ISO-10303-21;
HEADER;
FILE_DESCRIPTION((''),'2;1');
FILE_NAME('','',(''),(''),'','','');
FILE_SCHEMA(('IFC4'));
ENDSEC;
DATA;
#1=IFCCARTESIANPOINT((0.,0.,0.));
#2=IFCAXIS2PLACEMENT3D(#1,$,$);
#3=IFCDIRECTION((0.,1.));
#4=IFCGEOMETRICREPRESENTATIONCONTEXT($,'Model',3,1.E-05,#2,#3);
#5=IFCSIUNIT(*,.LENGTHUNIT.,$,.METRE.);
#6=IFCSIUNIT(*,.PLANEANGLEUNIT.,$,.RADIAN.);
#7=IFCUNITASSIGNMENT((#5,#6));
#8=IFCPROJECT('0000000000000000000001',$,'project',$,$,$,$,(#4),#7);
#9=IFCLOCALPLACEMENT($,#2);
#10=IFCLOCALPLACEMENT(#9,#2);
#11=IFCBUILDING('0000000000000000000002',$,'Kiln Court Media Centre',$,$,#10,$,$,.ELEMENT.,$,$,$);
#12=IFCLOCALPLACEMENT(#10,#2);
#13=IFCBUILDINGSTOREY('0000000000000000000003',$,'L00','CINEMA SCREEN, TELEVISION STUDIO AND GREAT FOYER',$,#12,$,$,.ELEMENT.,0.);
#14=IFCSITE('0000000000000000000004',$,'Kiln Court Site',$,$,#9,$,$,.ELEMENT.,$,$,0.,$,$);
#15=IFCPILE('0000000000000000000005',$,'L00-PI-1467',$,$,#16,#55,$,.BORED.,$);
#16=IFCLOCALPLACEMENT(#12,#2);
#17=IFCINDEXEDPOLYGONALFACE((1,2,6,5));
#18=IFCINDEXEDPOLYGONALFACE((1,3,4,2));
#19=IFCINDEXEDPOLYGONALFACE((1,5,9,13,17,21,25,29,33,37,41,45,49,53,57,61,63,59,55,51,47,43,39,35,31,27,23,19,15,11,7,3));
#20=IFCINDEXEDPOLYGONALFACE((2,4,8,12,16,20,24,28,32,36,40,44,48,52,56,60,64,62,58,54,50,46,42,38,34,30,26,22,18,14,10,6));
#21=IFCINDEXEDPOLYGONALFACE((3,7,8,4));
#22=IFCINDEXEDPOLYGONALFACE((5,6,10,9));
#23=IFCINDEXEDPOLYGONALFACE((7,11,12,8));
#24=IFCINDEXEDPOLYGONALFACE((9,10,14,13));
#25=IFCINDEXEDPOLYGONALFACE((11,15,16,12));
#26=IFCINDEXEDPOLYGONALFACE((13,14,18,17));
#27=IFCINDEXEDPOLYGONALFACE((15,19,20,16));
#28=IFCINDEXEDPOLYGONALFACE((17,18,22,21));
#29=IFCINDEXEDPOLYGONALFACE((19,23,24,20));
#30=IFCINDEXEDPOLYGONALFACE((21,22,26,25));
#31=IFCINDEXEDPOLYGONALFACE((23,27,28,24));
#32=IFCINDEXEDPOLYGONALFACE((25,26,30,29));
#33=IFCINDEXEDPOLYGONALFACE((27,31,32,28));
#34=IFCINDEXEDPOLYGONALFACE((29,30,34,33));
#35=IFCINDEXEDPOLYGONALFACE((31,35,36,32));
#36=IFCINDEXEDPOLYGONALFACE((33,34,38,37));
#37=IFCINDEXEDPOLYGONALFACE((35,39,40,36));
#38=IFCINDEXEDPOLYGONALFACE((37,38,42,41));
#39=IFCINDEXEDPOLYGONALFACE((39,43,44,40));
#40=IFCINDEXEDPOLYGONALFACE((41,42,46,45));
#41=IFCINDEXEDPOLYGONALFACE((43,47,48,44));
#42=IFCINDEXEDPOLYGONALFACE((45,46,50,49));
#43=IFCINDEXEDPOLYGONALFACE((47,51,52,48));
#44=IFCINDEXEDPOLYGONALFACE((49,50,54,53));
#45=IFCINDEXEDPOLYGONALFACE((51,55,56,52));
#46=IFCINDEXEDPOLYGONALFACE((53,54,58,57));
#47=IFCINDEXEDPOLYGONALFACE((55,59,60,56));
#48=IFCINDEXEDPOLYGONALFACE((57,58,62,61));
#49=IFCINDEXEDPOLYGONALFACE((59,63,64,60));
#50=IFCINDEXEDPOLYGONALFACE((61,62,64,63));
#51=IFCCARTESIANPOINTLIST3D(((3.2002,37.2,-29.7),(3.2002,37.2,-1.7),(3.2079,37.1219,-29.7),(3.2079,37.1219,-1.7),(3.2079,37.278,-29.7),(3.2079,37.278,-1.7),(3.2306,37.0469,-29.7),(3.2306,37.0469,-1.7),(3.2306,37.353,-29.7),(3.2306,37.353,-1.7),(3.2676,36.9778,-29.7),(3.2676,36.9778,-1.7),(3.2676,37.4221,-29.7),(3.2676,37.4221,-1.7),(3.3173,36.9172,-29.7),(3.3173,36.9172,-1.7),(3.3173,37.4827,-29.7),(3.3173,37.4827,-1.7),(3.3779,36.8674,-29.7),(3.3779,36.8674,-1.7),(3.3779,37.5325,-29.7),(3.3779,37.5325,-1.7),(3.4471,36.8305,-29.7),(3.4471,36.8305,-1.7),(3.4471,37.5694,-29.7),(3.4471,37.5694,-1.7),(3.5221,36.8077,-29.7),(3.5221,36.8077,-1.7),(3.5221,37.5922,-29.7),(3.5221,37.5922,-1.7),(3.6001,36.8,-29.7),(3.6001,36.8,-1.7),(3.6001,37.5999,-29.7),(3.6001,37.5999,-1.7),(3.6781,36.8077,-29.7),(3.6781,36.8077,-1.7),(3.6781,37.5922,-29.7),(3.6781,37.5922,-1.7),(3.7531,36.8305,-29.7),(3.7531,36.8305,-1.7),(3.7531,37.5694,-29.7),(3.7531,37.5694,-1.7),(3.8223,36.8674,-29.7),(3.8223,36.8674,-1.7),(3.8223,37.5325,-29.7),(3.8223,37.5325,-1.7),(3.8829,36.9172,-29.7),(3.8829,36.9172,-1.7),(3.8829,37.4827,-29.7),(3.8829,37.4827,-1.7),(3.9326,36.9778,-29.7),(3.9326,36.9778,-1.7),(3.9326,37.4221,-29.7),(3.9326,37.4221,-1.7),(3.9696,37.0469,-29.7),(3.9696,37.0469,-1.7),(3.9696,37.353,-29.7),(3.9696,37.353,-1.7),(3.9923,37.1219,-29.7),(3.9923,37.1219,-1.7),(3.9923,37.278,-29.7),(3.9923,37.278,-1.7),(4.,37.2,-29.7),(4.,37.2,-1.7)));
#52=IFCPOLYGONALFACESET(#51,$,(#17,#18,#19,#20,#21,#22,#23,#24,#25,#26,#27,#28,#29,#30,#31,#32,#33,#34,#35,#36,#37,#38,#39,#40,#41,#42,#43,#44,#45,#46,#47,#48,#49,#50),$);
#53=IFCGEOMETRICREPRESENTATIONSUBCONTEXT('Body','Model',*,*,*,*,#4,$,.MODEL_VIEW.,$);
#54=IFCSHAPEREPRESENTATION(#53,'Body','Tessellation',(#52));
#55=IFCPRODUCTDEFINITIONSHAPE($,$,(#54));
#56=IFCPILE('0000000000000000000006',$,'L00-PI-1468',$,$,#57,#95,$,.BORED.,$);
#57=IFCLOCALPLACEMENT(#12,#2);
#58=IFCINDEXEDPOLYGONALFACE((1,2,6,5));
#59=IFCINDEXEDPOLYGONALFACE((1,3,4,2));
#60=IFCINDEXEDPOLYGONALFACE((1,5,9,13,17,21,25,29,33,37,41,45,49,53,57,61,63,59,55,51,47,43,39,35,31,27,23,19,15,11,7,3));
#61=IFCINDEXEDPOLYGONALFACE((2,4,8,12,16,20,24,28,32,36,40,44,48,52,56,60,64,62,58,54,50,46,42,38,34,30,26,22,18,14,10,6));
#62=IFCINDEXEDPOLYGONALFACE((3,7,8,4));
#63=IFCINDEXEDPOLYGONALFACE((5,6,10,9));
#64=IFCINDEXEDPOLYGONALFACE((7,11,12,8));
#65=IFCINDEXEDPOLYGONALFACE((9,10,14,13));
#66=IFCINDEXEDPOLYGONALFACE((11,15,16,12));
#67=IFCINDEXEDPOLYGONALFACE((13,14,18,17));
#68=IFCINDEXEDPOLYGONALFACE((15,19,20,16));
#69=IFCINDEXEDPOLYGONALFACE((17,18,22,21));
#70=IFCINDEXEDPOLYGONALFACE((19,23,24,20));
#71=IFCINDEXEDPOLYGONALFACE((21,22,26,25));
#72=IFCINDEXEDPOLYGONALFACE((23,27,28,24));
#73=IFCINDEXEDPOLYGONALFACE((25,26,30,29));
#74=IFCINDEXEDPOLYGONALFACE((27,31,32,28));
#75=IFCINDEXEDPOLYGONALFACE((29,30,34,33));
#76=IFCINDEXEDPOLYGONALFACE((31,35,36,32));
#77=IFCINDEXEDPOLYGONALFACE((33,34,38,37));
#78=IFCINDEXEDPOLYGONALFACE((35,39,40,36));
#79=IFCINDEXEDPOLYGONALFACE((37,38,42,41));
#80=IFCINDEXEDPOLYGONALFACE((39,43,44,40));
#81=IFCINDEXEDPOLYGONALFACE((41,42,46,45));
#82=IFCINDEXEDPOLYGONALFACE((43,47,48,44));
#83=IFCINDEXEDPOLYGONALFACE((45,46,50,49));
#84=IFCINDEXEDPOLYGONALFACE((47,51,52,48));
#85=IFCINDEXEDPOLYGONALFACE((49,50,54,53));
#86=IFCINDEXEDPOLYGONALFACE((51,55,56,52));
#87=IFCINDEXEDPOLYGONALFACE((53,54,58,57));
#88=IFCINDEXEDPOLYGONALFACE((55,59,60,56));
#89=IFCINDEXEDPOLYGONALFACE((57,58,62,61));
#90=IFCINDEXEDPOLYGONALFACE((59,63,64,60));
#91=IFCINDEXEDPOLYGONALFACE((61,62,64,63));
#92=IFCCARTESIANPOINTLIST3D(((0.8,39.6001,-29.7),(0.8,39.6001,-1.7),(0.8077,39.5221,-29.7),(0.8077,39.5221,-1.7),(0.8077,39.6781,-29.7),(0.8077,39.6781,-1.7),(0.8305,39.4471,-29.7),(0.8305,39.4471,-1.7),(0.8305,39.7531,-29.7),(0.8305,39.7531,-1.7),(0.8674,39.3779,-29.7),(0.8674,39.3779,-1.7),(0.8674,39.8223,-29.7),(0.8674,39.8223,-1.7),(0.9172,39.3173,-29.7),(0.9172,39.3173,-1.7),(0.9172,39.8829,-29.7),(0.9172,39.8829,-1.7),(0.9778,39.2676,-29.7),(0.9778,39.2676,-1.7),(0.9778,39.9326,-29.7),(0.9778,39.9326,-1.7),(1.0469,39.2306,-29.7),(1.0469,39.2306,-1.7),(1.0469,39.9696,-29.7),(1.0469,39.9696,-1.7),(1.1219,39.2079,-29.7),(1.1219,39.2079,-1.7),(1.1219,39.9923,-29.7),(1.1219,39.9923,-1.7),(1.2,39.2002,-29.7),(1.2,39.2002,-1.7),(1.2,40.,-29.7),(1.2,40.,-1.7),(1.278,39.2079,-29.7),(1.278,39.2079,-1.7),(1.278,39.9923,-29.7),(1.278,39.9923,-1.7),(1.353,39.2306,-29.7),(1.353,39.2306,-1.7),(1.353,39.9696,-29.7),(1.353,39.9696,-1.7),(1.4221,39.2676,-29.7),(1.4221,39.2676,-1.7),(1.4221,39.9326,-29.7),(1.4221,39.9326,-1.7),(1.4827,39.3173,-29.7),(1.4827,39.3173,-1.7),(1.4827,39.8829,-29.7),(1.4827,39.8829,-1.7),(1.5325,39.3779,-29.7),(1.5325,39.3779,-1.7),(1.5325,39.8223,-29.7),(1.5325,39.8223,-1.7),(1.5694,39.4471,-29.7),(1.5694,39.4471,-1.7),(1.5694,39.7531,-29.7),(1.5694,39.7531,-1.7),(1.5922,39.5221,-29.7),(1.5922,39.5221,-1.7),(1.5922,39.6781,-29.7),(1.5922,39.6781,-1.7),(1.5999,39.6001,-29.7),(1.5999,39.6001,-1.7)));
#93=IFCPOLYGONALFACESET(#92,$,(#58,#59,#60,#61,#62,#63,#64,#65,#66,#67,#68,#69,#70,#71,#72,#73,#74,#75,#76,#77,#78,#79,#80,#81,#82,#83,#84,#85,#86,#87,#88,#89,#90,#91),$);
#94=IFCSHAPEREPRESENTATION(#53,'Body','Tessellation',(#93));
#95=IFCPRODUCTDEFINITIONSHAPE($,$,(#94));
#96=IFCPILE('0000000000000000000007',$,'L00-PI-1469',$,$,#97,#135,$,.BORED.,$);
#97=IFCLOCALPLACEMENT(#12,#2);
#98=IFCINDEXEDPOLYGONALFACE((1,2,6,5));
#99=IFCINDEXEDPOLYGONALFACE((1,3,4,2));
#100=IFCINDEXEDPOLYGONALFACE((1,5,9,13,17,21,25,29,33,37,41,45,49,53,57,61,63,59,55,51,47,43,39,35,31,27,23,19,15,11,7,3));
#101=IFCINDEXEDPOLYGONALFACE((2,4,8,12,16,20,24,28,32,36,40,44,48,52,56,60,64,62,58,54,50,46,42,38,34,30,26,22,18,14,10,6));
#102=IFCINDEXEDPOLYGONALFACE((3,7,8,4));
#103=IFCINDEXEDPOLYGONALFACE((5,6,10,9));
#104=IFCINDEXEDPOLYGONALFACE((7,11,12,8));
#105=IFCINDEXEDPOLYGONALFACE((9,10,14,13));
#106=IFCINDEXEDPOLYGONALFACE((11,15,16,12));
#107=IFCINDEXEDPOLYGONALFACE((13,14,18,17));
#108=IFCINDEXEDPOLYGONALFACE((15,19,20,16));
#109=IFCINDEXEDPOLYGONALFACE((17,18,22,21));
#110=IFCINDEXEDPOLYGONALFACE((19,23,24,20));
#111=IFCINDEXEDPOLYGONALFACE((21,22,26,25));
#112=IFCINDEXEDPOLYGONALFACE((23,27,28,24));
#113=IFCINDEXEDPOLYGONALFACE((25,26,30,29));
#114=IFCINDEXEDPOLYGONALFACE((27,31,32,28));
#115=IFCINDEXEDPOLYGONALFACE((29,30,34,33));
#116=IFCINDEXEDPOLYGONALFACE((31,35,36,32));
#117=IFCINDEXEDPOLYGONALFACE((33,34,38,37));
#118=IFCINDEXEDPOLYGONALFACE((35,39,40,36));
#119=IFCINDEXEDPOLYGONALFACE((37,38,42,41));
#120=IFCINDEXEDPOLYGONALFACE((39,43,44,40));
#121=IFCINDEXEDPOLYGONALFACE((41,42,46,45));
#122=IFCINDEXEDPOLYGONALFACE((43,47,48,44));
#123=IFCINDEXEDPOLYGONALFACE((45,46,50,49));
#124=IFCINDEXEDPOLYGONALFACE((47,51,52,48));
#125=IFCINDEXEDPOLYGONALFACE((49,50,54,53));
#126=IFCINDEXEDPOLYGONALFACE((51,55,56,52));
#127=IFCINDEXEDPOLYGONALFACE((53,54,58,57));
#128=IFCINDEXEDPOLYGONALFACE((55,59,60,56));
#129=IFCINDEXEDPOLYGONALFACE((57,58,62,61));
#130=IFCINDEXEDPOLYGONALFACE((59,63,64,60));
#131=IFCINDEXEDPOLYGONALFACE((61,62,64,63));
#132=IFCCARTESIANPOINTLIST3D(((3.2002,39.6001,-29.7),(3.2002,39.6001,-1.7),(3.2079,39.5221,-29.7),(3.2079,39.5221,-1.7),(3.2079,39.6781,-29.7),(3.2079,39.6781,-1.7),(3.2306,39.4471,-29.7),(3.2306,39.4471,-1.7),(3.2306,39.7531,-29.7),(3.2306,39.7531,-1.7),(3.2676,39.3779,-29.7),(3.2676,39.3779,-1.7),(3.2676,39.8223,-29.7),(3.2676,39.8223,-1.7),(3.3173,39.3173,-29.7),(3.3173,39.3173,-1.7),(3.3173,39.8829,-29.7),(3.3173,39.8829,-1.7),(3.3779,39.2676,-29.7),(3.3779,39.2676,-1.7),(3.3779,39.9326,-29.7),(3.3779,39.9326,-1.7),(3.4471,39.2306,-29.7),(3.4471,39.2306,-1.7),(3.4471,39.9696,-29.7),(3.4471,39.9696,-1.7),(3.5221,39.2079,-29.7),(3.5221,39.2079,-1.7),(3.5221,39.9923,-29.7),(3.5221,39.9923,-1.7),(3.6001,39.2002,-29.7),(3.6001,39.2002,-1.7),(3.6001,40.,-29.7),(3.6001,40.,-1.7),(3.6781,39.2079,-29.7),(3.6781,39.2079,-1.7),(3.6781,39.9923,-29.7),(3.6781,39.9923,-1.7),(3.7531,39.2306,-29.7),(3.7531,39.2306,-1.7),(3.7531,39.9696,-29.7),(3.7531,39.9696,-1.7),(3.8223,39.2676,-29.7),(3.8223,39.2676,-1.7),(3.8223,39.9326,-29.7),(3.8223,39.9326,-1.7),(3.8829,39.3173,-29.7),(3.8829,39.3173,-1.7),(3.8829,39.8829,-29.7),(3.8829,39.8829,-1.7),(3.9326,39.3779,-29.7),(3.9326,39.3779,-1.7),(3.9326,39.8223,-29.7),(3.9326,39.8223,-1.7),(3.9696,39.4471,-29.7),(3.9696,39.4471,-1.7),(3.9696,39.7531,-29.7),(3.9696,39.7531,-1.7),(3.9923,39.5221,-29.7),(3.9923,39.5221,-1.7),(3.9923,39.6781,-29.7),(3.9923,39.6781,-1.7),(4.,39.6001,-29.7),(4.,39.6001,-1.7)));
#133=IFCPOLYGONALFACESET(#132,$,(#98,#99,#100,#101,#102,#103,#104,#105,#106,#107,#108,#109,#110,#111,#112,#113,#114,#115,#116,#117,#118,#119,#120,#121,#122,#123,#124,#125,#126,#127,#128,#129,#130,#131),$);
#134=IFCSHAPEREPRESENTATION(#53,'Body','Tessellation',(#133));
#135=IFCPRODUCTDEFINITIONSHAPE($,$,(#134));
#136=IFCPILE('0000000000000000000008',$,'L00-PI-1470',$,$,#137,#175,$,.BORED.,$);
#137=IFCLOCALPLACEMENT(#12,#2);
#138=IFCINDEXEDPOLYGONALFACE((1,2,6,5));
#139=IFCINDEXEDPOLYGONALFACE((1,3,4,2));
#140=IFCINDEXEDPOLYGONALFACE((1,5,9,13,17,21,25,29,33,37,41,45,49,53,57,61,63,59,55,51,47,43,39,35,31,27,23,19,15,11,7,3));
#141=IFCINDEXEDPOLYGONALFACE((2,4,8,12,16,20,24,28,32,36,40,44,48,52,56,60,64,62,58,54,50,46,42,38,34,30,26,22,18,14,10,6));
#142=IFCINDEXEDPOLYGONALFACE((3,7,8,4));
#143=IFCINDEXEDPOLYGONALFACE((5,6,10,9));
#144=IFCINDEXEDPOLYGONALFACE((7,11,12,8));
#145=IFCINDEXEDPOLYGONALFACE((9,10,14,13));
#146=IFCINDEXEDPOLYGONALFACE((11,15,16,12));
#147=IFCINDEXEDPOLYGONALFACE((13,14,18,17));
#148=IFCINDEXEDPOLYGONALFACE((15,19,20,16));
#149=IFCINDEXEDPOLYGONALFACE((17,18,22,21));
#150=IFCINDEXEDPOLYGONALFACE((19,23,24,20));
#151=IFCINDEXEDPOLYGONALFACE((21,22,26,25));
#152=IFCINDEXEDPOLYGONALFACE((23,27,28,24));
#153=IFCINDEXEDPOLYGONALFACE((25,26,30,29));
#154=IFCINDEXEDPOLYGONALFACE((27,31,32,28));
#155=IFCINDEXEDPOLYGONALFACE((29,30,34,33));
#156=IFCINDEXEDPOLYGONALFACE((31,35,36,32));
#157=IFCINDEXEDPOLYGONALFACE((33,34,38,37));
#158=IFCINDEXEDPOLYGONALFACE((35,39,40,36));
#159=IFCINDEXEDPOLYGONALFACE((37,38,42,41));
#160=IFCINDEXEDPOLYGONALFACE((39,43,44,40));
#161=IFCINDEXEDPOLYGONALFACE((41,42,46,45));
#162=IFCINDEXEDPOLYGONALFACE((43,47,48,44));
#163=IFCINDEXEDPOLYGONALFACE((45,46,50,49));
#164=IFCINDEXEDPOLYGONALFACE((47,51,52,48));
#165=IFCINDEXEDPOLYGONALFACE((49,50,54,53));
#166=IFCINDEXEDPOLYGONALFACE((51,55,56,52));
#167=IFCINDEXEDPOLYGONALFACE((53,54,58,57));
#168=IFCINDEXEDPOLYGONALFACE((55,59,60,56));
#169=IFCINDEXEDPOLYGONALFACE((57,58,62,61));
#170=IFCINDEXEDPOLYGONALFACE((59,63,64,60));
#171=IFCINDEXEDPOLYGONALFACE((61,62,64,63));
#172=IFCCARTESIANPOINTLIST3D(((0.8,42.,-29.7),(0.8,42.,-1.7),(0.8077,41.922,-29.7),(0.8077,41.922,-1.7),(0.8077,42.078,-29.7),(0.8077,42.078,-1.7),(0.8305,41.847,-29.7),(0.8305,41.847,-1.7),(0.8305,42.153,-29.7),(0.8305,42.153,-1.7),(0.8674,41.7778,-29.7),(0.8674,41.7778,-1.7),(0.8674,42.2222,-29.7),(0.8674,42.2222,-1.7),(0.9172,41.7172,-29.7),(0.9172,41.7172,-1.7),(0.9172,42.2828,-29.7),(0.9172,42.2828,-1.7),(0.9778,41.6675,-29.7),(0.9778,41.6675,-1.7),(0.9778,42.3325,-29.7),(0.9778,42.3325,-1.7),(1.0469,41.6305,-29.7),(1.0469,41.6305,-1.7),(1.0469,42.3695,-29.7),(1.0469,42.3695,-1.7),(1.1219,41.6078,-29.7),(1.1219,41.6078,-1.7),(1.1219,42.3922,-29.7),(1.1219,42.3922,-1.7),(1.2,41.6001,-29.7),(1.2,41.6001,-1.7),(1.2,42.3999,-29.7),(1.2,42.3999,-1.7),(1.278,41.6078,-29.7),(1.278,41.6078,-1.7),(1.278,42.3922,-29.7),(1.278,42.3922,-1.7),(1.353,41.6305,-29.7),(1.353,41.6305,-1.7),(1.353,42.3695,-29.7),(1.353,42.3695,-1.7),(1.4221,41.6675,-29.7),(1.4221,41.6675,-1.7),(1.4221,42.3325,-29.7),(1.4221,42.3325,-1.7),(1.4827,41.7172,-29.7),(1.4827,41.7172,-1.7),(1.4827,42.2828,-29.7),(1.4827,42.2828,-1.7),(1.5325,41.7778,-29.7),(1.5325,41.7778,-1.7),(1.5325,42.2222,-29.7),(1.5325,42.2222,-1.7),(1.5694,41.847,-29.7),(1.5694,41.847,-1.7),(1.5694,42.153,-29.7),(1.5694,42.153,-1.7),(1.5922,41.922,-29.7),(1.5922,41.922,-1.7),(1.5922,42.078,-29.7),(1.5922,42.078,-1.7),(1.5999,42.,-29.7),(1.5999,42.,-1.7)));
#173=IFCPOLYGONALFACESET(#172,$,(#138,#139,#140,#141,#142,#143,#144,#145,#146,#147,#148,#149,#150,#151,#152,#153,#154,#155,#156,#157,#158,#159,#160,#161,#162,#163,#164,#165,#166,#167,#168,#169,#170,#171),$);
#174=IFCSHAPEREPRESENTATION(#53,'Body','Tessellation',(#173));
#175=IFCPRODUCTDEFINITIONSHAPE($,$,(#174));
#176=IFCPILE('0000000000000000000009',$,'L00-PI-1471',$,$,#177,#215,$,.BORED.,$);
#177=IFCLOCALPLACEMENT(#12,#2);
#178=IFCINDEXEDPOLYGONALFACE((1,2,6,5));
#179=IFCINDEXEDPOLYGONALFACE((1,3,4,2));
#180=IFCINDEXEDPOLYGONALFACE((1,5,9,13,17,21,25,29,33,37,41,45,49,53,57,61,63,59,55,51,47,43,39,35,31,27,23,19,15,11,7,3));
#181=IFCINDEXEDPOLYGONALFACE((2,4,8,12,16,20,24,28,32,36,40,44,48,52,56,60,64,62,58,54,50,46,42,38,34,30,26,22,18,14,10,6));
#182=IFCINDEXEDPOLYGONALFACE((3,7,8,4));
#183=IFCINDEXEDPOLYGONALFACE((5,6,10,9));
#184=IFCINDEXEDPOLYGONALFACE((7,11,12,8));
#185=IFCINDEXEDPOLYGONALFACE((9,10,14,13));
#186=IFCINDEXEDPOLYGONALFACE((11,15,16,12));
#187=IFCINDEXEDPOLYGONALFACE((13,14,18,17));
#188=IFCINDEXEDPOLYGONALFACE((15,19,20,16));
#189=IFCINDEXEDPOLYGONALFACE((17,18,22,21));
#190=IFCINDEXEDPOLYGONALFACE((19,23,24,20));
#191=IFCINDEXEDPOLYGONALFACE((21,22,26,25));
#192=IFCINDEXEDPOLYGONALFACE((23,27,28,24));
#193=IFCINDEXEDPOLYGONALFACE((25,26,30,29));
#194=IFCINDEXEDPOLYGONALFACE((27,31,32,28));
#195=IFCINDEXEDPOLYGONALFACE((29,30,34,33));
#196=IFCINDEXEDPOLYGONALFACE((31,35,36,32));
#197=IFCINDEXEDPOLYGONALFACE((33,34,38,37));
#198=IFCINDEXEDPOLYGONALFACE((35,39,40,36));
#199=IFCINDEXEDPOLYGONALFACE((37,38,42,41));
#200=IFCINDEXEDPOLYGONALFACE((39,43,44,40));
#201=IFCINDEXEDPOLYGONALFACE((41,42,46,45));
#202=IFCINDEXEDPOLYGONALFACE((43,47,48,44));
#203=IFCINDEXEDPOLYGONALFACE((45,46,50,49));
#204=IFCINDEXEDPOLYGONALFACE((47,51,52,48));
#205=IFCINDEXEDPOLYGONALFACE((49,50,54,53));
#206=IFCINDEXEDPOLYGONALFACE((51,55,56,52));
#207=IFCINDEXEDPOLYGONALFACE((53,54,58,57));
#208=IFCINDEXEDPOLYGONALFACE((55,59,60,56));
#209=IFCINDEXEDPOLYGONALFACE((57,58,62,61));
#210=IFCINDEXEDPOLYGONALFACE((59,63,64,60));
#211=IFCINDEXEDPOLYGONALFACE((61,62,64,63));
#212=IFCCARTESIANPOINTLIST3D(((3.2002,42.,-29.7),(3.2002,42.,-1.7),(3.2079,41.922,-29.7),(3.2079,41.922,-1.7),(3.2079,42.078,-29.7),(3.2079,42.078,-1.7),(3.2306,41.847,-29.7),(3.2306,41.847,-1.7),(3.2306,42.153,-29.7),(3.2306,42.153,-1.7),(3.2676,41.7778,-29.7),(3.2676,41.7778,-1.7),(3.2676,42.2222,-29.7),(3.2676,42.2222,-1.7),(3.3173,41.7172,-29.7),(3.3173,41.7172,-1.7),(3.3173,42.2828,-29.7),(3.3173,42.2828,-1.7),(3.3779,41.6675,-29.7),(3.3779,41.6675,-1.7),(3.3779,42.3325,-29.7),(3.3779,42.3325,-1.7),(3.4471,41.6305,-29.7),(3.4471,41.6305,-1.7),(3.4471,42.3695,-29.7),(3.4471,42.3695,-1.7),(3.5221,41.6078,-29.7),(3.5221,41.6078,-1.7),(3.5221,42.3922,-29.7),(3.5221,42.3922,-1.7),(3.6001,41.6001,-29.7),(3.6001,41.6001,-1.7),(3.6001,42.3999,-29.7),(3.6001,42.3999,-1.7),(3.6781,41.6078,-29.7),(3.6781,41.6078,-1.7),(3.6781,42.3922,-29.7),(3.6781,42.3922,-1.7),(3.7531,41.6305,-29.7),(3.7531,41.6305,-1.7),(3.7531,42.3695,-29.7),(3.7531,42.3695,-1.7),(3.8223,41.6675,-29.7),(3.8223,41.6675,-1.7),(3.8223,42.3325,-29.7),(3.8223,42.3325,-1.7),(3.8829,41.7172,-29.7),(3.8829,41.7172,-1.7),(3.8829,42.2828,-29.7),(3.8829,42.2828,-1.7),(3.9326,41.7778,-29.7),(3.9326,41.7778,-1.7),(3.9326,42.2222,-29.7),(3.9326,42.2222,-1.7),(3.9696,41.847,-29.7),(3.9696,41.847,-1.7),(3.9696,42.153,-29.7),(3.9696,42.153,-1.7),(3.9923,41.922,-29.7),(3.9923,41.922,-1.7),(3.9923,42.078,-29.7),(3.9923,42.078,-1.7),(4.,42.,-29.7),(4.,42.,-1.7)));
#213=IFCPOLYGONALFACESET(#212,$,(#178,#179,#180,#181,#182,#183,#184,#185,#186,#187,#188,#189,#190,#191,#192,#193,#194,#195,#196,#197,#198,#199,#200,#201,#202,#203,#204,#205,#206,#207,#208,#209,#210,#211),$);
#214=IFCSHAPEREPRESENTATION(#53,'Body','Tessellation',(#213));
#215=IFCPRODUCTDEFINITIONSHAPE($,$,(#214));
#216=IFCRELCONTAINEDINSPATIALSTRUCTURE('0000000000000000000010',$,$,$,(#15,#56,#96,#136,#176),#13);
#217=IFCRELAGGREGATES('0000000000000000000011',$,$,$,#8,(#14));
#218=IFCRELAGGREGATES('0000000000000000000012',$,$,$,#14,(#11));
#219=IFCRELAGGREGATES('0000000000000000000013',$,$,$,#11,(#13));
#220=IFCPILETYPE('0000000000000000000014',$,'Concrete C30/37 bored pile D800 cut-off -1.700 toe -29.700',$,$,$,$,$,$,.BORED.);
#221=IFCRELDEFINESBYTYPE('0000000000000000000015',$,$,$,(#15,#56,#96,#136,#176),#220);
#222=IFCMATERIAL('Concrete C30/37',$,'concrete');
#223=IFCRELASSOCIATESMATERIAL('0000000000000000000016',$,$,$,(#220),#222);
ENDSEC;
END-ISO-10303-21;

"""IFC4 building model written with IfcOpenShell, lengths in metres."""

from ifc_helpers import new_model, si_unit, direction, frame, origin, origin_2d, place, context, subcontext, project, spatial, circle, extrude, material, material_profile, profile_set, type_object, element, save


model = new_model("IFC4")

# Units and contexts
model_context = context("Model", 3, precision=1e-05, world=origin(), true_north=direction((0.0, 1.0)))
body_context = subcontext(model_context, "Body", "Model", "MODEL_VIEW")
ifc_project = project(units=[si_unit("LENGTHUNIT", "METRE"), si_unit("PLANEANGLEUNIT", "RADIAN")], contexts=[model_context])

# Site, building, storey
site_placement = place(None, origin())
site = spatial("IfcSite", under=ifc_project, at=site_placement, Name="Kiln Court Site", CompositionType="ELEMENT", RefElevation=0.0)
building_placement = place(site_placement, origin())
building = spatial("IfcBuilding", under=site, at=building_placement, Name="Kiln Court Media Centre", CompositionType="ELEMENT")
storey_placement = place(building_placement, origin())
storey = spatial("IfcBuildingStorey", under=building, at=storey_placement, Name="L00", Description="CINEMA SCREEN, TELEVISION STUDIO AND GREAT FOYER", CompositionType="ELEMENT", Elevation=0.0)

# Piles
ifc_material_1 = material(Name="Concrete C30/37", Category="concrete")
ifc_material_profile = material_profile(ifc_material_1, circle(Radius=0.3999, at=origin_2d()), Name="PILE D800")
ifc_profile_set = profile_set([ifc_material_profile], Name="Concrete C30/37")
pile_type = type_object("IfcPileType", Name="Concrete C30/37 bored pile D800 cut-off -1.700 toe -29.700", PredefinedType="BORED", material=ifc_profile_set)
for number, where, z_axis, x_axis, name in (
    (1, (3.6001, 37.2, -1.7), (0.0, 0.0, -1.0), (1.0, 0.0, 0.0), "L00-PI-1467"),
    (2, (1.2, 39.6001, -1.7), (0.0, 0.0, -1.0), (1.0, 0.0, 0.0), "L00-PI-1468"),
    (3, (3.6001, 39.6001, -1.7), (0.0, 0.0, -1.0), (1.0, 0.0, 0.0), "L00-PI-1469"),
    (4, (1.2, 42.0, -1.7), (0.0, 0.0, -1.0), (1.0, 0.0, 0.0), "L00-PI-1470"),
    (5, (3.6001, 42.0, -1.7), (0.0, 0.0, -1.0), (1.0, 0.0, 0.0), "L00-PI-1471"),
):
    element("IfcPile", number, at=place(storey_placement, frame(where, z_axis=z_axis, x_axis=x_axis)), inside=storey, type_object=pile_type, Name=name, PredefinedType="BORED", context=body_context, shape_type="SweptSolid", body=[
        extrude(circle(Radius=0.3999, at=origin_2d()), origin(), (0.0, 0.0, 1.0), 28.0),
    ])

save(model, "model.ifc")
